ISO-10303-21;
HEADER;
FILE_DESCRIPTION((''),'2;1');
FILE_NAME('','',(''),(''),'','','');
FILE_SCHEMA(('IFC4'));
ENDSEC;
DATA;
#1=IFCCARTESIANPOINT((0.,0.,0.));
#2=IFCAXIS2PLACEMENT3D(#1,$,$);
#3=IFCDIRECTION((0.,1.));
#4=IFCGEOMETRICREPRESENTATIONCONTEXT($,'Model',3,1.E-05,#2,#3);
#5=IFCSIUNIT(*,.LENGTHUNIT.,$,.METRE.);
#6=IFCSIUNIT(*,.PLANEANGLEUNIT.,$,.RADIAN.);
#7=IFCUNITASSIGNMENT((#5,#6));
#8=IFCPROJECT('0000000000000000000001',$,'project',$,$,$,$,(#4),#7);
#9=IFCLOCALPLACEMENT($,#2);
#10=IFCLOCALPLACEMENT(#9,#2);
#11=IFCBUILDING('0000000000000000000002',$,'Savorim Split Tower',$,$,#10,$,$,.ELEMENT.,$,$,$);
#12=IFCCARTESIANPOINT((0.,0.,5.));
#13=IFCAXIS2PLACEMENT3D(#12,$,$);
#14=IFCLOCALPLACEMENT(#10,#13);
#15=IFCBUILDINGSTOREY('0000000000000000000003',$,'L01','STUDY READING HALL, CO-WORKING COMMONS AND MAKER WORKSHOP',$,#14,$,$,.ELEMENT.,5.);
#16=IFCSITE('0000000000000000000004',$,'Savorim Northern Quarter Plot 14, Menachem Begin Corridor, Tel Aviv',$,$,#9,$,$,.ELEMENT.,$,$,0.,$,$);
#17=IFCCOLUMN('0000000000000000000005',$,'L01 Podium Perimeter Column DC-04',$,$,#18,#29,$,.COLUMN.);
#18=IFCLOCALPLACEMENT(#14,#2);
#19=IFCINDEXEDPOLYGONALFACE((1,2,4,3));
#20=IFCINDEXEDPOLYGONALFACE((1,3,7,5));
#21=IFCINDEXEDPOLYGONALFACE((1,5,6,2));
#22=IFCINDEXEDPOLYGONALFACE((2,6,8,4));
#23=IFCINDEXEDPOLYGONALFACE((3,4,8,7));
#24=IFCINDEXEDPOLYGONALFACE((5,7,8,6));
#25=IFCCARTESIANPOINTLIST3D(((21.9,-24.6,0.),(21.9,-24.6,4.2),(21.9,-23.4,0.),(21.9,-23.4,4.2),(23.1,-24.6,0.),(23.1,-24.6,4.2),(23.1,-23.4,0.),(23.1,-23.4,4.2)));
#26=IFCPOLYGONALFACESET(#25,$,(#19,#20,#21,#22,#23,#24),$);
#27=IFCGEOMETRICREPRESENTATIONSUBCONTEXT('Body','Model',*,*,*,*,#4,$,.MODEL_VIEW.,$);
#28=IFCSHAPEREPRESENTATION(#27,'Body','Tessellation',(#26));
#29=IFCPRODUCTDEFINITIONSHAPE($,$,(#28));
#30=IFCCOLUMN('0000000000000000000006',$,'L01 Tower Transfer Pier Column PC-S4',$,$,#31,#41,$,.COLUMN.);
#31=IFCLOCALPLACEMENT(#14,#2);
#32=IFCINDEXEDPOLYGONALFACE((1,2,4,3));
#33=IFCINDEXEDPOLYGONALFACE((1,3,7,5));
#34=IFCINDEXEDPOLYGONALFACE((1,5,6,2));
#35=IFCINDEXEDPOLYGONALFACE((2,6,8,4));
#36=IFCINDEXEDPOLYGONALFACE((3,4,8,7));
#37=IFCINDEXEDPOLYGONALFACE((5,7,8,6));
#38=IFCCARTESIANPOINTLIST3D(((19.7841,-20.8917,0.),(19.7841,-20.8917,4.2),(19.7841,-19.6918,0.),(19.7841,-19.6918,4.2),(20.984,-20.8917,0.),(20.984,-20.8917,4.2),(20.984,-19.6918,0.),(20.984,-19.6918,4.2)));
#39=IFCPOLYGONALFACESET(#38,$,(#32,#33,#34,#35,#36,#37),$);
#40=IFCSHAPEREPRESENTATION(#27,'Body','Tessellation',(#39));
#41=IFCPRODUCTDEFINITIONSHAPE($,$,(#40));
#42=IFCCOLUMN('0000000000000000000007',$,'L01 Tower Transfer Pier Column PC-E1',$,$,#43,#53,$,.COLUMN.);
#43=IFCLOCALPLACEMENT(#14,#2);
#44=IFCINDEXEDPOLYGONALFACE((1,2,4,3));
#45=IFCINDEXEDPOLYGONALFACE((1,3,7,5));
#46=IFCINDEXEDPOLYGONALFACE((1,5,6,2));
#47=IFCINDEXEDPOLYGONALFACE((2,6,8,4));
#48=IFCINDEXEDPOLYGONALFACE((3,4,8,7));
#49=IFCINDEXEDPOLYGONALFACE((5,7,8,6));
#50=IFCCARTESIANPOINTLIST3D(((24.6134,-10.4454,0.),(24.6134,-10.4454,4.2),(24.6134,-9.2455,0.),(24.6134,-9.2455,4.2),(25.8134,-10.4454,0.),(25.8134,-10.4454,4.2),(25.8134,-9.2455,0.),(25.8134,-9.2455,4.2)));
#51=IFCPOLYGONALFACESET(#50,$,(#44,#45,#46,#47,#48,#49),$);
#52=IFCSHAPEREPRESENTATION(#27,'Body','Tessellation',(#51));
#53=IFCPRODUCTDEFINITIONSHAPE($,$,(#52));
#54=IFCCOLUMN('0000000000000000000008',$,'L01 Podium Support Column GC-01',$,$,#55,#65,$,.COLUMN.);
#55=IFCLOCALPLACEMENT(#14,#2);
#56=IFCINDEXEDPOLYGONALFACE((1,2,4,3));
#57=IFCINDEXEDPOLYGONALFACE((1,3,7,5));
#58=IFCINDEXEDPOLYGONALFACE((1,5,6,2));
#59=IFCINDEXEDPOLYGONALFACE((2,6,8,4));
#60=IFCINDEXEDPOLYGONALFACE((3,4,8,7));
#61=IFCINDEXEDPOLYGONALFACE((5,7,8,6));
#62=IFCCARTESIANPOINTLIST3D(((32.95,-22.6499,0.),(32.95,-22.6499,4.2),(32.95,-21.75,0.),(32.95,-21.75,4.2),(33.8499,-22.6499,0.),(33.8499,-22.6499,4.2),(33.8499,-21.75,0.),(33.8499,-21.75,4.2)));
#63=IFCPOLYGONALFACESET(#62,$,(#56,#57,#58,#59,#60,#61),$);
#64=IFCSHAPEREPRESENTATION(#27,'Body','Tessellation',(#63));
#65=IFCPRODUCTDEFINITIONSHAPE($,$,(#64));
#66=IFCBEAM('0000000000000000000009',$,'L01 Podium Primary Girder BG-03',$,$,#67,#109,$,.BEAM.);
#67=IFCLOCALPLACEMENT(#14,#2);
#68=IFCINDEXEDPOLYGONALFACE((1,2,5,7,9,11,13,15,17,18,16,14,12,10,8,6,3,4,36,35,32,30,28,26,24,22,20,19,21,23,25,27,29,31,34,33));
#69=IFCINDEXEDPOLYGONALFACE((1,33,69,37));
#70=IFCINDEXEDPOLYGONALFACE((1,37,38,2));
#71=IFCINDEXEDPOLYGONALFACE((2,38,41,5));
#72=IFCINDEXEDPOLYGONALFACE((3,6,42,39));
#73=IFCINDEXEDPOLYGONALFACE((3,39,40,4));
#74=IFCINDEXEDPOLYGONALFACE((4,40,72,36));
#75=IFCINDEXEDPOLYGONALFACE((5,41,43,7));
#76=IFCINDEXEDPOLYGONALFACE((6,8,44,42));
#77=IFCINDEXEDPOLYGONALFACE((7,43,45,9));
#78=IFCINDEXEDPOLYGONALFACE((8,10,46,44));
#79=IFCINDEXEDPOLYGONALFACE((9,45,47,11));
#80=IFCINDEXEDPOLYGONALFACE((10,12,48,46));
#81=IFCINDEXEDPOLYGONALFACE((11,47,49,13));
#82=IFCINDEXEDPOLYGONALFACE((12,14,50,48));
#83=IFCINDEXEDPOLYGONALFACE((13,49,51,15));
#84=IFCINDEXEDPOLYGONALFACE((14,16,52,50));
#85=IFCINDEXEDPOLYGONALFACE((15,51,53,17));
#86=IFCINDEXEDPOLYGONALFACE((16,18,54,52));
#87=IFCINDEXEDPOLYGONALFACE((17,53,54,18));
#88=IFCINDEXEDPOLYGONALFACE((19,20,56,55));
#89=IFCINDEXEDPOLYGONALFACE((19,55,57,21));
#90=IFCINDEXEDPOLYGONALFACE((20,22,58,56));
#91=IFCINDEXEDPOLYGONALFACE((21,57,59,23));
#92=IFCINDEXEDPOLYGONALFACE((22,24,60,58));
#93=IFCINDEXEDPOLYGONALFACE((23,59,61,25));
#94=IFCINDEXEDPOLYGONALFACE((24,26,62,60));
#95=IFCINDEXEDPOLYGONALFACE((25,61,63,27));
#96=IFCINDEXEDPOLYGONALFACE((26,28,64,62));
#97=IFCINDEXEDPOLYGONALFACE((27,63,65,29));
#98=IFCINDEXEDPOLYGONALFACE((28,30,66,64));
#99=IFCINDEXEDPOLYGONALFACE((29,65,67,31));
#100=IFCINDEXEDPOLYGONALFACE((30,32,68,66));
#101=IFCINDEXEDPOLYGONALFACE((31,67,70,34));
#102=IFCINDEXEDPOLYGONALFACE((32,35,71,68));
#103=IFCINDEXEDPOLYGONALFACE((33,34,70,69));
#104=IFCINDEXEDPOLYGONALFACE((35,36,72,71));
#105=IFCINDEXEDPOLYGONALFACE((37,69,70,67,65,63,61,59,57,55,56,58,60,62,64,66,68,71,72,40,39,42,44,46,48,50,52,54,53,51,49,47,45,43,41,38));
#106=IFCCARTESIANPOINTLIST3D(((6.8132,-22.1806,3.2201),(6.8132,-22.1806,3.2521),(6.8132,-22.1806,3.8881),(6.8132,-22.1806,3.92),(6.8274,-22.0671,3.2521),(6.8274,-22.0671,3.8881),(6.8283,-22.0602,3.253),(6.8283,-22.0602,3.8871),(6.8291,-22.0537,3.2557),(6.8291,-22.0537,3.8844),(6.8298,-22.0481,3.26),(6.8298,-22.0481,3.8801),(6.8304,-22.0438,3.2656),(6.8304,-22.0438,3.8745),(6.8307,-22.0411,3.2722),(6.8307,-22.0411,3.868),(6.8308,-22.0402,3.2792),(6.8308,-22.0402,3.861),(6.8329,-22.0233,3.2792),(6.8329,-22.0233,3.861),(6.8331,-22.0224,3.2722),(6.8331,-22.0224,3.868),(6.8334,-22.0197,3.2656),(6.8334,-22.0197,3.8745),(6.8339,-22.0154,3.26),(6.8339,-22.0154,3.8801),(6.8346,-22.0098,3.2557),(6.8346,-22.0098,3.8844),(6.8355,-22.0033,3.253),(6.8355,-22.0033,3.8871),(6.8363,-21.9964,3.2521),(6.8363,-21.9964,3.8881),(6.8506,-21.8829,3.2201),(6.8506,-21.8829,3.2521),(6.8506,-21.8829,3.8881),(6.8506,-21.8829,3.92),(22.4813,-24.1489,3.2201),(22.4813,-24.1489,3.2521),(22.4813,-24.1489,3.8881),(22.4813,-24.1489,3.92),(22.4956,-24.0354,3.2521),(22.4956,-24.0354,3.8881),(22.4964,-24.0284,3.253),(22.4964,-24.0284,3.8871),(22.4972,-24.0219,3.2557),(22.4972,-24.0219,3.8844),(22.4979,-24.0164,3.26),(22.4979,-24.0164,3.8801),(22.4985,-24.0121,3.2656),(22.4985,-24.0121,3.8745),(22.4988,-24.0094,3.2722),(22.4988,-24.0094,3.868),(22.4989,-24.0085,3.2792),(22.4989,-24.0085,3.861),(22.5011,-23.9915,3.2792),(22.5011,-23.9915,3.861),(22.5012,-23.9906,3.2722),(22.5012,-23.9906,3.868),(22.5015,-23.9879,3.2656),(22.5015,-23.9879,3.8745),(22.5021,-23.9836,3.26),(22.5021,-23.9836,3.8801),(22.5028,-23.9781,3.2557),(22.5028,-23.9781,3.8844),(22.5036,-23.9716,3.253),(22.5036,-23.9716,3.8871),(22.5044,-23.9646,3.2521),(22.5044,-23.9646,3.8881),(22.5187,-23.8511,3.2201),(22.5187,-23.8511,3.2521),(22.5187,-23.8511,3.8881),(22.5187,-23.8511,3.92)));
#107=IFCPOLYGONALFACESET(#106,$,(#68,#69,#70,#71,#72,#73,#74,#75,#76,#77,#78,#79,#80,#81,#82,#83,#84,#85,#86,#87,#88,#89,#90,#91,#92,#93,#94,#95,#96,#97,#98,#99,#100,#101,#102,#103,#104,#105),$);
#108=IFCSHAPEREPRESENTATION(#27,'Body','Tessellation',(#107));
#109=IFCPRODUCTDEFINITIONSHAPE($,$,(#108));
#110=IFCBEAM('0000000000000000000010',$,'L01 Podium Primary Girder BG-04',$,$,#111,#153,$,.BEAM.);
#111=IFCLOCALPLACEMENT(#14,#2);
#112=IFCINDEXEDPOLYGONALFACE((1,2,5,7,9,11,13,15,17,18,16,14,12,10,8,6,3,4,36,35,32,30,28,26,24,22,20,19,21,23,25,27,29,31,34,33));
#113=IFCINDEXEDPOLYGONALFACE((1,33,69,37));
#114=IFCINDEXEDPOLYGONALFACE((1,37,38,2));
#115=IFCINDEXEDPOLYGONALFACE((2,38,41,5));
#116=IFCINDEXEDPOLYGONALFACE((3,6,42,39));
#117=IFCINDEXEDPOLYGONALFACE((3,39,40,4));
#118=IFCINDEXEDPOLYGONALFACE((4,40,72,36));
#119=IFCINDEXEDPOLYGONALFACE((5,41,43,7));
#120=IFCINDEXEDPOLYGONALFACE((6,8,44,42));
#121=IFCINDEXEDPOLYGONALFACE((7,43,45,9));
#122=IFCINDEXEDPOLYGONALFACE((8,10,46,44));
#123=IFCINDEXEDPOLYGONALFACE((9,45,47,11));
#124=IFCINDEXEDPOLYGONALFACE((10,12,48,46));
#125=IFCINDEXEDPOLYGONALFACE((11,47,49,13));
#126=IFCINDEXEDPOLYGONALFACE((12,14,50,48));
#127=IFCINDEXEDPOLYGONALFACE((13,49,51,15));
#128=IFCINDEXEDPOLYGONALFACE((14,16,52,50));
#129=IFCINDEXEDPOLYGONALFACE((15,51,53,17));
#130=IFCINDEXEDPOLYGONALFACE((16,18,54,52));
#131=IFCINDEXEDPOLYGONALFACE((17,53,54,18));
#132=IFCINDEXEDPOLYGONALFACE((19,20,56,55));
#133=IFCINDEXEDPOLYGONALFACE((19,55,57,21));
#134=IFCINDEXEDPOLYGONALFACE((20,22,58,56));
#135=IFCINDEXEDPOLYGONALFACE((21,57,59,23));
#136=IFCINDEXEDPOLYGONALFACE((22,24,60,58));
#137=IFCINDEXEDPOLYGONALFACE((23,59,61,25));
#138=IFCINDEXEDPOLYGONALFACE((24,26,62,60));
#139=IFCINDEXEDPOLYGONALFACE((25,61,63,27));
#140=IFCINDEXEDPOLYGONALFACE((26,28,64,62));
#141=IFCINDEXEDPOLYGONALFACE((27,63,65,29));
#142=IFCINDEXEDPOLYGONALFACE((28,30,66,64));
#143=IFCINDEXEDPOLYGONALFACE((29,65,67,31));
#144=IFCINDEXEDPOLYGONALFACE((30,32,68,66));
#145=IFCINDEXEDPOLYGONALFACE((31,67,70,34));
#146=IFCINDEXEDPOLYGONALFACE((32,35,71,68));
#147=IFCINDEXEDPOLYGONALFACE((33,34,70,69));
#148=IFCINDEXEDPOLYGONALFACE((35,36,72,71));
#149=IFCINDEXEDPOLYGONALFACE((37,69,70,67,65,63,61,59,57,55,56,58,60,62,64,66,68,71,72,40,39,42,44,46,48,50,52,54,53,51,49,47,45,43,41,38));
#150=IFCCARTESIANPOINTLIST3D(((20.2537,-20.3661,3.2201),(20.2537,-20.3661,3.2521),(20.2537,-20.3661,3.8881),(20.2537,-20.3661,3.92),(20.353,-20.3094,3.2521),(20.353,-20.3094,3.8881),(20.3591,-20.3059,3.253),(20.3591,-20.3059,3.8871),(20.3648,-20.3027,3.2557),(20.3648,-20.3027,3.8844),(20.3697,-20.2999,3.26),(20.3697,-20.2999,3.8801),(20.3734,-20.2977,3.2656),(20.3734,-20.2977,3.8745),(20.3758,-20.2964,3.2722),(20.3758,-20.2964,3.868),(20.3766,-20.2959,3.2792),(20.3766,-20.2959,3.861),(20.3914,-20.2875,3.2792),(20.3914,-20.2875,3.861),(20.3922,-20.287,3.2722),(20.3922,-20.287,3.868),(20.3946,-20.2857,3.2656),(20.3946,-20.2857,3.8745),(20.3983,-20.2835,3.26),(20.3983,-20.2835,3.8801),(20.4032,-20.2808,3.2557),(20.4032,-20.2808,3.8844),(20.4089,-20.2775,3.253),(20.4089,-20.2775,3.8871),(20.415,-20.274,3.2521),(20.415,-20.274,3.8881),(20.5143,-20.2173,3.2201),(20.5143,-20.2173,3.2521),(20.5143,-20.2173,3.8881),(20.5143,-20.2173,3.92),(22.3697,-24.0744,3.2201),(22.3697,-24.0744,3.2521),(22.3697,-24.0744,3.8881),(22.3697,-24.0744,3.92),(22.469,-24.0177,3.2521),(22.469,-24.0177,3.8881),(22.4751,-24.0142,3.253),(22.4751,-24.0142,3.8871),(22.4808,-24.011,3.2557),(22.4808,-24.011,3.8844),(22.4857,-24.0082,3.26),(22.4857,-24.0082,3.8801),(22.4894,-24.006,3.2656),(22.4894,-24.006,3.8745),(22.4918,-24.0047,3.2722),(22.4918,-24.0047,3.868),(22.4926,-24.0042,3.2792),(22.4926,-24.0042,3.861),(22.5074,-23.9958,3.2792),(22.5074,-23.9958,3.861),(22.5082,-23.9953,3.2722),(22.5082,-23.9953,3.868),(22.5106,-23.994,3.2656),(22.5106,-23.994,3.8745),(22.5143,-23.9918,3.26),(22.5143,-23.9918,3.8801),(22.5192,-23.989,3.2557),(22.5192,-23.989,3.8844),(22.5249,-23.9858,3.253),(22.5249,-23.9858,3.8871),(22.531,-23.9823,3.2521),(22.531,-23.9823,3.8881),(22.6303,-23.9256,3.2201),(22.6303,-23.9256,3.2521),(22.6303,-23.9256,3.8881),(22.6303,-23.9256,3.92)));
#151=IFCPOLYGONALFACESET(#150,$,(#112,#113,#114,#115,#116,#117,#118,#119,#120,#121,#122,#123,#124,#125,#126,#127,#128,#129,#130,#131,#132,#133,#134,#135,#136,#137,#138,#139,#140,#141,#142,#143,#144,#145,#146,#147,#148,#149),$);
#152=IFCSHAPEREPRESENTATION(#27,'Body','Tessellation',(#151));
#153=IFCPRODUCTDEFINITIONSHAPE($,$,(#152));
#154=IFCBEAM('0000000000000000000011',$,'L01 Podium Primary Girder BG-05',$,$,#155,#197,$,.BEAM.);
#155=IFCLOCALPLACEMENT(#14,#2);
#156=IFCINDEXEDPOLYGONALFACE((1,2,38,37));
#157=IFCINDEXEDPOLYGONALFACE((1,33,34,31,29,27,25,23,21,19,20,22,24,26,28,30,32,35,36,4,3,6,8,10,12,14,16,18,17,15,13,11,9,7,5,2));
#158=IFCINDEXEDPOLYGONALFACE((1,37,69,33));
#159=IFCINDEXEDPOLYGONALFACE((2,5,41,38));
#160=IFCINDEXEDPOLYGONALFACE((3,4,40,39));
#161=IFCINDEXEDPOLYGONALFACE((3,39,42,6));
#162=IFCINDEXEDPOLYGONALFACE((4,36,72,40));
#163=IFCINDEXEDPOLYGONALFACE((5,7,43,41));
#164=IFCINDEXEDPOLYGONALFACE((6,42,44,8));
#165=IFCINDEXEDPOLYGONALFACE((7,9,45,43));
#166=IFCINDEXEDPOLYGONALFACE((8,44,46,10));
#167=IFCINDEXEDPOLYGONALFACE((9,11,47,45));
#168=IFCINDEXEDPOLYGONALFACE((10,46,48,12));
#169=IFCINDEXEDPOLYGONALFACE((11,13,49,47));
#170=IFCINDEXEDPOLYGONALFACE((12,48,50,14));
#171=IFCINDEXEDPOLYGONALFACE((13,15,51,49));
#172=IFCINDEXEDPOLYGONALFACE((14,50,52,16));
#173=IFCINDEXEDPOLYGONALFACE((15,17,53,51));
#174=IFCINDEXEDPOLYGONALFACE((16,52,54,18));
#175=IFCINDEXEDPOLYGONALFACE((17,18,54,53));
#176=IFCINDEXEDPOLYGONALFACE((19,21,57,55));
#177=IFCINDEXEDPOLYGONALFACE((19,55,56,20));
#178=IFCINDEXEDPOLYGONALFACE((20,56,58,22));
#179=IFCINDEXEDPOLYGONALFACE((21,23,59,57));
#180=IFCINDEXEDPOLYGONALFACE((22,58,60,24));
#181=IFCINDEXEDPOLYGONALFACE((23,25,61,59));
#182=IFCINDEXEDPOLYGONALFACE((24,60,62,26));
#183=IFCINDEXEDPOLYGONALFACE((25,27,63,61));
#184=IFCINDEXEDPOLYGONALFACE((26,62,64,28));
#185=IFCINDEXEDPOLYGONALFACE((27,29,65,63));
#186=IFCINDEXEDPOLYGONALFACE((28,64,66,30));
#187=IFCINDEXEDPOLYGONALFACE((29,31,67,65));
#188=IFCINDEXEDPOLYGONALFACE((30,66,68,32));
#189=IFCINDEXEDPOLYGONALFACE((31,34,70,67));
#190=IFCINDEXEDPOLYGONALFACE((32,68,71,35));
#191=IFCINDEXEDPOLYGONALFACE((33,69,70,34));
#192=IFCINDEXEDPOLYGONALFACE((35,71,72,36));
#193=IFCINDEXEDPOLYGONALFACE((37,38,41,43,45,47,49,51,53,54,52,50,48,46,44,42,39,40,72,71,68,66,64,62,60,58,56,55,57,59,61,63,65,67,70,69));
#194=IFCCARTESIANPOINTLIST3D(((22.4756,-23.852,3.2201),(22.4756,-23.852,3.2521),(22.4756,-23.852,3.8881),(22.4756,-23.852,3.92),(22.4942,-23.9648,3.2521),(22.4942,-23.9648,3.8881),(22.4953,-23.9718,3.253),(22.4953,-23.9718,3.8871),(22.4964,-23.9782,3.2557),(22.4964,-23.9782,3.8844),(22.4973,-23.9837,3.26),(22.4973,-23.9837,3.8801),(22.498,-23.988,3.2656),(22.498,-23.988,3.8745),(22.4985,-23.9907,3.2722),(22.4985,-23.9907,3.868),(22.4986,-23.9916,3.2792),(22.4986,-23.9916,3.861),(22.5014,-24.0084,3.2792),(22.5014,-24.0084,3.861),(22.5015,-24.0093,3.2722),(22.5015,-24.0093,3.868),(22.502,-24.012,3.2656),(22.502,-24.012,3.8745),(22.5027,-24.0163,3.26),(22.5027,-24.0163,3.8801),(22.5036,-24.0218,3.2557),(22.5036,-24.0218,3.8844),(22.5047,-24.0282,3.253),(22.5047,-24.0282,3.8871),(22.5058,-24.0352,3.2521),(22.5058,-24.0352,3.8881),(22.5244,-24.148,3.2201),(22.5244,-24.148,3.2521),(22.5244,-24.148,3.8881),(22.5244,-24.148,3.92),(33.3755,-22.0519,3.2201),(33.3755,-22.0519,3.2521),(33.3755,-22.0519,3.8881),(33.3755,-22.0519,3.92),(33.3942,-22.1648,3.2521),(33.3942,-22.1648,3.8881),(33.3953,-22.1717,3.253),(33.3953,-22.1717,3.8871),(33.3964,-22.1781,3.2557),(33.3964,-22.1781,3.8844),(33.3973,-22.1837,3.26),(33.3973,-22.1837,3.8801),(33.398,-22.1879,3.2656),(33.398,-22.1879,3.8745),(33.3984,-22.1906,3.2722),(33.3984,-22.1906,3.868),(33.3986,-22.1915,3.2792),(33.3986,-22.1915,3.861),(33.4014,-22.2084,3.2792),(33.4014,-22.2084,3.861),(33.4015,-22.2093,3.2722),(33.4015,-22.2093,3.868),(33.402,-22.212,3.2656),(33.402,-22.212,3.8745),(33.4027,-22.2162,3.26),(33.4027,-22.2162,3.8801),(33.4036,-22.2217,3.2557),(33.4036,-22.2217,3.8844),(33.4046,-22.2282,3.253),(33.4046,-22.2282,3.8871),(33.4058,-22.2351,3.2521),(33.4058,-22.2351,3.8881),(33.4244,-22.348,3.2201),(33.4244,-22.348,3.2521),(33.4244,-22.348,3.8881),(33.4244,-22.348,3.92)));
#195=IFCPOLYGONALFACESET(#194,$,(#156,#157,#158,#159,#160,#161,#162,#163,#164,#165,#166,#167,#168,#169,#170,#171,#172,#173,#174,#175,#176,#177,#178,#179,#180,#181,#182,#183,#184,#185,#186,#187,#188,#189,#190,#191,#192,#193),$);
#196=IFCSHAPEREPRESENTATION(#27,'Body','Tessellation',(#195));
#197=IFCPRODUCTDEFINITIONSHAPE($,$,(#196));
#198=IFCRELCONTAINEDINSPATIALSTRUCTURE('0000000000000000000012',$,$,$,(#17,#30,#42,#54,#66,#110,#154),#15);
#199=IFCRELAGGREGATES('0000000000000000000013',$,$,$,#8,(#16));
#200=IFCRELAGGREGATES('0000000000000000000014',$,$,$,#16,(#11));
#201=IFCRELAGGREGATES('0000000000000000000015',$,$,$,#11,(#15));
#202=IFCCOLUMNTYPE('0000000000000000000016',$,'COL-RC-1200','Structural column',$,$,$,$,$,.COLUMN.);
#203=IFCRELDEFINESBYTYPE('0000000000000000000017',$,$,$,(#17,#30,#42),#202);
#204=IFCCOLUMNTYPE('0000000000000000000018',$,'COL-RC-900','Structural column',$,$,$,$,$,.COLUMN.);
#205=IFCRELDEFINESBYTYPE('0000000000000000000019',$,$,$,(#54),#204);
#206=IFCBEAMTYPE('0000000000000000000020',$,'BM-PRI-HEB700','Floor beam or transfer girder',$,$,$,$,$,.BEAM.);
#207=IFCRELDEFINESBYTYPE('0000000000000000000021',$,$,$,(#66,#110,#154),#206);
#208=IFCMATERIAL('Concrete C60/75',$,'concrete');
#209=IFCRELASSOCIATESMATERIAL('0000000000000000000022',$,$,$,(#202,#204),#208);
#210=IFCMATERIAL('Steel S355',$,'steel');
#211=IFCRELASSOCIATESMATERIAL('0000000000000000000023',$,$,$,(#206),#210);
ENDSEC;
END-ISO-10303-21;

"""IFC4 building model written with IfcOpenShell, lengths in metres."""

from ifc_helpers import new_model, si_unit, direction, frame, origin, origin_2d, place, context, subcontext, project, spatial, rectangle, i_section, extrude, material, material_profile, profile_set, type_object, element, save


model = new_model("IFC4")

# Units and contexts
model_context = context("Model", 3, precision=1e-05, world=origin(), true_north=direction((0.0, 1.0)))
body_context = subcontext(model_context, "Body", "Model", "MODEL_VIEW")
ifc_project = project(units=[si_unit("LENGTHUNIT", "METRE"), si_unit("PLANEANGLEUNIT", "RADIAN")], contexts=[model_context])

# Site, building, storey
site_placement = place(None, origin())
site = spatial("IfcSite", under=ifc_project, at=site_placement, Name="Savorim Northern Quarter Plot 14, Menachem Begin Corridor, Tel Aviv", CompositionType="ELEMENT", RefElevation=0.0)
building_placement = place(site_placement, origin())
building = spatial("IfcBuilding", under=site, at=building_placement, Name="Savorim Split Tower", CompositionType="ELEMENT")
storey_placement = place(building_placement, frame((0.0, 0.0, 5.0)))
storey = spatial("IfcBuildingStorey", under=building, at=storey_placement, Name="L01", Description="STUDY READING HALL, CO-WORKING COMMONS AND MAKER WORKSHOP", CompositionType="ELEMENT", Elevation=5.0)

# Columns
ifc_material_1 = material(Name="Concrete C60/75", Category="concrete")
ifc_material_profile_1 = material_profile(ifc_material_1, rectangle(XDim=1.2, YDim=1.2, at=origin_2d()), Name="RC 1200x1200")
ifc_profile_set_1 = profile_set([ifc_material_profile_1], Name="Concrete C60/75")
column_type_1 = type_object("IfcColumnType", Name="COL-RC-1200", Description="Structural column", PredefinedType="COLUMN", material=ifc_profile_set_1)
for number, where, z_axis, x_axis, name in (
    (1, (22.5, -24.0, 0.0), (0.0, 0.0, 1.0), (1.0, 0.0, 0.0), "L01 Podium Perimeter Column DC-04"),
    (2, (20.384, -20.2917, 0.0), (0.0, 0.0, 1.0), (1.0, 0.0, 0.0), "L01 Tower Transfer Pier Column PC-S4"),
    (3, (25.2134, -9.8455, 0.0), (0.0, 0.0, 1.0), (1.0, 0.0, 0.0), "L01 Tower Transfer Pier Column PC-E1"),
):
    element("IfcColumn", number, at=place(storey_placement, frame(where, z_axis=z_axis, x_axis=x_axis)), inside=storey, type_object=column_type_1, Name=name, PredefinedType="COLUMN", context=body_context, shape_type="SweptSolid", body=[
        extrude(rectangle(XDim=1.2, YDim=1.2, at=origin_2d()), origin(), (0.0, 0.0, 1.0), 4.2),
    ])
ifc_material_profile_2 = material_profile(ifc_material_1, rectangle(XDim=0.8999, YDim=0.8999, at=origin_2d()), Name="RC 900x900")
ifc_profile_set_2 = profile_set([ifc_material_profile_2], Name="Concrete C60/75")
column_type_2 = type_object("IfcColumnType", Name="COL-RC-900", Description="Structural column", PredefinedType="COLUMN", material=ifc_profile_set_2)
column_placement = place(storey_placement, frame((33.3999, -22.2, 0.0), z_axis=(0.0, 0.0, 1.0), x_axis=(1.0, 0.0, 0.0)))
element("IfcColumn", 4, at=column_placement, inside=storey, type_object=column_type_2, Name="L01 Podium Support Column GC-01", PredefinedType="COLUMN", context=body_context, shape_type="SweptSolid", body=[
    extrude(rectangle(XDim=0.8999, YDim=0.8999, at=origin_2d()), origin(), (0.0, 0.0, 1.0), 4.2),
])

# Beams
ifc_material_2 = material(Name="Steel S355", Category="steel")
ifc_material_profile_3 = material_profile(ifc_material_2, i_section(OverallWidth=0.3, OverallDepth=0.7, WebThickness=0.0171, FlangeThickness=0.032, FilletRadius=0.0271, at=origin_2d()), Name="HEB 700")
ifc_profile_set_3 = profile_set([ifc_material_profile_3], Name="Steel S355")
beam_type_1 = type_object("IfcBeamType", Name="BM-PRI-HEB700", Description="Floor beam or transfer girder", PredefinedType="BEAM", material=ifc_profile_set_3)
beam_1_placement = place(storey_placement, frame((22.5, -24.0, 3.5701), z_axis=(-0.992202, 0.124642, 0.0), x_axis=(-0.124642, -0.992202, 0.0)))
element("IfcBeam", 5, at=beam_1_placement, inside=storey, type_object=beam_type_1, Name="L01 Podium Primary Girder BG-03", PredefinedType="BEAM", context=body_context, shape_type="SweptSolid", body=[
    extrude(i_section(OverallWidth=0.3, OverallDepth=0.7, WebThickness=0.0171, FlangeThickness=0.032, FilletRadius=0.0271, at=origin_2d()), origin(), (0.0, 0.0, 1.0), 15.7913),
])
beam_2_placement = place(storey_placement, frame((22.5, -24.0, 3.5701), z_axis=(-0.495603, 0.868549, 0.0), x_axis=(-0.868549, -0.495603, 0.0)))
element("IfcBeam", 6, at=beam_2_placement, inside=storey, type_object=beam_type_1, Name="L01 Podium Primary Girder BG-04", PredefinedType="BEAM", context=body_context, shape_type="SweptSolid", body=[
    extrude(i_section(OverallWidth=0.3, OverallDepth=0.7, WebThickness=0.0171, FlangeThickness=0.032, FilletRadius=0.0271, at=origin_2d()), origin(), (0.0, 0.0, 1.0), 4.2695),
])
beam_3_placement = place(storey_placement, frame((22.5, -24.0, 3.5701), z_axis=(0.986637, 0.162937, 0.0), x_axis=(-0.162937, 0.986637, 0.0)))
element("IfcBeam", 7, at=beam_3_placement, inside=storey, type_object=beam_type_1, Name="L01 Podium Primary Girder BG-05", PredefinedType="BEAM", context=body_context, shape_type="SweptSolid", body=[
    extrude(i_section(OverallWidth=0.3, OverallDepth=0.7, WebThickness=0.0171, FlangeThickness=0.032, FilletRadius=0.0271, at=origin_2d()), origin(), (0.0, 0.0, 1.0), 11.0476),
])

save(model, "model.ifc")
